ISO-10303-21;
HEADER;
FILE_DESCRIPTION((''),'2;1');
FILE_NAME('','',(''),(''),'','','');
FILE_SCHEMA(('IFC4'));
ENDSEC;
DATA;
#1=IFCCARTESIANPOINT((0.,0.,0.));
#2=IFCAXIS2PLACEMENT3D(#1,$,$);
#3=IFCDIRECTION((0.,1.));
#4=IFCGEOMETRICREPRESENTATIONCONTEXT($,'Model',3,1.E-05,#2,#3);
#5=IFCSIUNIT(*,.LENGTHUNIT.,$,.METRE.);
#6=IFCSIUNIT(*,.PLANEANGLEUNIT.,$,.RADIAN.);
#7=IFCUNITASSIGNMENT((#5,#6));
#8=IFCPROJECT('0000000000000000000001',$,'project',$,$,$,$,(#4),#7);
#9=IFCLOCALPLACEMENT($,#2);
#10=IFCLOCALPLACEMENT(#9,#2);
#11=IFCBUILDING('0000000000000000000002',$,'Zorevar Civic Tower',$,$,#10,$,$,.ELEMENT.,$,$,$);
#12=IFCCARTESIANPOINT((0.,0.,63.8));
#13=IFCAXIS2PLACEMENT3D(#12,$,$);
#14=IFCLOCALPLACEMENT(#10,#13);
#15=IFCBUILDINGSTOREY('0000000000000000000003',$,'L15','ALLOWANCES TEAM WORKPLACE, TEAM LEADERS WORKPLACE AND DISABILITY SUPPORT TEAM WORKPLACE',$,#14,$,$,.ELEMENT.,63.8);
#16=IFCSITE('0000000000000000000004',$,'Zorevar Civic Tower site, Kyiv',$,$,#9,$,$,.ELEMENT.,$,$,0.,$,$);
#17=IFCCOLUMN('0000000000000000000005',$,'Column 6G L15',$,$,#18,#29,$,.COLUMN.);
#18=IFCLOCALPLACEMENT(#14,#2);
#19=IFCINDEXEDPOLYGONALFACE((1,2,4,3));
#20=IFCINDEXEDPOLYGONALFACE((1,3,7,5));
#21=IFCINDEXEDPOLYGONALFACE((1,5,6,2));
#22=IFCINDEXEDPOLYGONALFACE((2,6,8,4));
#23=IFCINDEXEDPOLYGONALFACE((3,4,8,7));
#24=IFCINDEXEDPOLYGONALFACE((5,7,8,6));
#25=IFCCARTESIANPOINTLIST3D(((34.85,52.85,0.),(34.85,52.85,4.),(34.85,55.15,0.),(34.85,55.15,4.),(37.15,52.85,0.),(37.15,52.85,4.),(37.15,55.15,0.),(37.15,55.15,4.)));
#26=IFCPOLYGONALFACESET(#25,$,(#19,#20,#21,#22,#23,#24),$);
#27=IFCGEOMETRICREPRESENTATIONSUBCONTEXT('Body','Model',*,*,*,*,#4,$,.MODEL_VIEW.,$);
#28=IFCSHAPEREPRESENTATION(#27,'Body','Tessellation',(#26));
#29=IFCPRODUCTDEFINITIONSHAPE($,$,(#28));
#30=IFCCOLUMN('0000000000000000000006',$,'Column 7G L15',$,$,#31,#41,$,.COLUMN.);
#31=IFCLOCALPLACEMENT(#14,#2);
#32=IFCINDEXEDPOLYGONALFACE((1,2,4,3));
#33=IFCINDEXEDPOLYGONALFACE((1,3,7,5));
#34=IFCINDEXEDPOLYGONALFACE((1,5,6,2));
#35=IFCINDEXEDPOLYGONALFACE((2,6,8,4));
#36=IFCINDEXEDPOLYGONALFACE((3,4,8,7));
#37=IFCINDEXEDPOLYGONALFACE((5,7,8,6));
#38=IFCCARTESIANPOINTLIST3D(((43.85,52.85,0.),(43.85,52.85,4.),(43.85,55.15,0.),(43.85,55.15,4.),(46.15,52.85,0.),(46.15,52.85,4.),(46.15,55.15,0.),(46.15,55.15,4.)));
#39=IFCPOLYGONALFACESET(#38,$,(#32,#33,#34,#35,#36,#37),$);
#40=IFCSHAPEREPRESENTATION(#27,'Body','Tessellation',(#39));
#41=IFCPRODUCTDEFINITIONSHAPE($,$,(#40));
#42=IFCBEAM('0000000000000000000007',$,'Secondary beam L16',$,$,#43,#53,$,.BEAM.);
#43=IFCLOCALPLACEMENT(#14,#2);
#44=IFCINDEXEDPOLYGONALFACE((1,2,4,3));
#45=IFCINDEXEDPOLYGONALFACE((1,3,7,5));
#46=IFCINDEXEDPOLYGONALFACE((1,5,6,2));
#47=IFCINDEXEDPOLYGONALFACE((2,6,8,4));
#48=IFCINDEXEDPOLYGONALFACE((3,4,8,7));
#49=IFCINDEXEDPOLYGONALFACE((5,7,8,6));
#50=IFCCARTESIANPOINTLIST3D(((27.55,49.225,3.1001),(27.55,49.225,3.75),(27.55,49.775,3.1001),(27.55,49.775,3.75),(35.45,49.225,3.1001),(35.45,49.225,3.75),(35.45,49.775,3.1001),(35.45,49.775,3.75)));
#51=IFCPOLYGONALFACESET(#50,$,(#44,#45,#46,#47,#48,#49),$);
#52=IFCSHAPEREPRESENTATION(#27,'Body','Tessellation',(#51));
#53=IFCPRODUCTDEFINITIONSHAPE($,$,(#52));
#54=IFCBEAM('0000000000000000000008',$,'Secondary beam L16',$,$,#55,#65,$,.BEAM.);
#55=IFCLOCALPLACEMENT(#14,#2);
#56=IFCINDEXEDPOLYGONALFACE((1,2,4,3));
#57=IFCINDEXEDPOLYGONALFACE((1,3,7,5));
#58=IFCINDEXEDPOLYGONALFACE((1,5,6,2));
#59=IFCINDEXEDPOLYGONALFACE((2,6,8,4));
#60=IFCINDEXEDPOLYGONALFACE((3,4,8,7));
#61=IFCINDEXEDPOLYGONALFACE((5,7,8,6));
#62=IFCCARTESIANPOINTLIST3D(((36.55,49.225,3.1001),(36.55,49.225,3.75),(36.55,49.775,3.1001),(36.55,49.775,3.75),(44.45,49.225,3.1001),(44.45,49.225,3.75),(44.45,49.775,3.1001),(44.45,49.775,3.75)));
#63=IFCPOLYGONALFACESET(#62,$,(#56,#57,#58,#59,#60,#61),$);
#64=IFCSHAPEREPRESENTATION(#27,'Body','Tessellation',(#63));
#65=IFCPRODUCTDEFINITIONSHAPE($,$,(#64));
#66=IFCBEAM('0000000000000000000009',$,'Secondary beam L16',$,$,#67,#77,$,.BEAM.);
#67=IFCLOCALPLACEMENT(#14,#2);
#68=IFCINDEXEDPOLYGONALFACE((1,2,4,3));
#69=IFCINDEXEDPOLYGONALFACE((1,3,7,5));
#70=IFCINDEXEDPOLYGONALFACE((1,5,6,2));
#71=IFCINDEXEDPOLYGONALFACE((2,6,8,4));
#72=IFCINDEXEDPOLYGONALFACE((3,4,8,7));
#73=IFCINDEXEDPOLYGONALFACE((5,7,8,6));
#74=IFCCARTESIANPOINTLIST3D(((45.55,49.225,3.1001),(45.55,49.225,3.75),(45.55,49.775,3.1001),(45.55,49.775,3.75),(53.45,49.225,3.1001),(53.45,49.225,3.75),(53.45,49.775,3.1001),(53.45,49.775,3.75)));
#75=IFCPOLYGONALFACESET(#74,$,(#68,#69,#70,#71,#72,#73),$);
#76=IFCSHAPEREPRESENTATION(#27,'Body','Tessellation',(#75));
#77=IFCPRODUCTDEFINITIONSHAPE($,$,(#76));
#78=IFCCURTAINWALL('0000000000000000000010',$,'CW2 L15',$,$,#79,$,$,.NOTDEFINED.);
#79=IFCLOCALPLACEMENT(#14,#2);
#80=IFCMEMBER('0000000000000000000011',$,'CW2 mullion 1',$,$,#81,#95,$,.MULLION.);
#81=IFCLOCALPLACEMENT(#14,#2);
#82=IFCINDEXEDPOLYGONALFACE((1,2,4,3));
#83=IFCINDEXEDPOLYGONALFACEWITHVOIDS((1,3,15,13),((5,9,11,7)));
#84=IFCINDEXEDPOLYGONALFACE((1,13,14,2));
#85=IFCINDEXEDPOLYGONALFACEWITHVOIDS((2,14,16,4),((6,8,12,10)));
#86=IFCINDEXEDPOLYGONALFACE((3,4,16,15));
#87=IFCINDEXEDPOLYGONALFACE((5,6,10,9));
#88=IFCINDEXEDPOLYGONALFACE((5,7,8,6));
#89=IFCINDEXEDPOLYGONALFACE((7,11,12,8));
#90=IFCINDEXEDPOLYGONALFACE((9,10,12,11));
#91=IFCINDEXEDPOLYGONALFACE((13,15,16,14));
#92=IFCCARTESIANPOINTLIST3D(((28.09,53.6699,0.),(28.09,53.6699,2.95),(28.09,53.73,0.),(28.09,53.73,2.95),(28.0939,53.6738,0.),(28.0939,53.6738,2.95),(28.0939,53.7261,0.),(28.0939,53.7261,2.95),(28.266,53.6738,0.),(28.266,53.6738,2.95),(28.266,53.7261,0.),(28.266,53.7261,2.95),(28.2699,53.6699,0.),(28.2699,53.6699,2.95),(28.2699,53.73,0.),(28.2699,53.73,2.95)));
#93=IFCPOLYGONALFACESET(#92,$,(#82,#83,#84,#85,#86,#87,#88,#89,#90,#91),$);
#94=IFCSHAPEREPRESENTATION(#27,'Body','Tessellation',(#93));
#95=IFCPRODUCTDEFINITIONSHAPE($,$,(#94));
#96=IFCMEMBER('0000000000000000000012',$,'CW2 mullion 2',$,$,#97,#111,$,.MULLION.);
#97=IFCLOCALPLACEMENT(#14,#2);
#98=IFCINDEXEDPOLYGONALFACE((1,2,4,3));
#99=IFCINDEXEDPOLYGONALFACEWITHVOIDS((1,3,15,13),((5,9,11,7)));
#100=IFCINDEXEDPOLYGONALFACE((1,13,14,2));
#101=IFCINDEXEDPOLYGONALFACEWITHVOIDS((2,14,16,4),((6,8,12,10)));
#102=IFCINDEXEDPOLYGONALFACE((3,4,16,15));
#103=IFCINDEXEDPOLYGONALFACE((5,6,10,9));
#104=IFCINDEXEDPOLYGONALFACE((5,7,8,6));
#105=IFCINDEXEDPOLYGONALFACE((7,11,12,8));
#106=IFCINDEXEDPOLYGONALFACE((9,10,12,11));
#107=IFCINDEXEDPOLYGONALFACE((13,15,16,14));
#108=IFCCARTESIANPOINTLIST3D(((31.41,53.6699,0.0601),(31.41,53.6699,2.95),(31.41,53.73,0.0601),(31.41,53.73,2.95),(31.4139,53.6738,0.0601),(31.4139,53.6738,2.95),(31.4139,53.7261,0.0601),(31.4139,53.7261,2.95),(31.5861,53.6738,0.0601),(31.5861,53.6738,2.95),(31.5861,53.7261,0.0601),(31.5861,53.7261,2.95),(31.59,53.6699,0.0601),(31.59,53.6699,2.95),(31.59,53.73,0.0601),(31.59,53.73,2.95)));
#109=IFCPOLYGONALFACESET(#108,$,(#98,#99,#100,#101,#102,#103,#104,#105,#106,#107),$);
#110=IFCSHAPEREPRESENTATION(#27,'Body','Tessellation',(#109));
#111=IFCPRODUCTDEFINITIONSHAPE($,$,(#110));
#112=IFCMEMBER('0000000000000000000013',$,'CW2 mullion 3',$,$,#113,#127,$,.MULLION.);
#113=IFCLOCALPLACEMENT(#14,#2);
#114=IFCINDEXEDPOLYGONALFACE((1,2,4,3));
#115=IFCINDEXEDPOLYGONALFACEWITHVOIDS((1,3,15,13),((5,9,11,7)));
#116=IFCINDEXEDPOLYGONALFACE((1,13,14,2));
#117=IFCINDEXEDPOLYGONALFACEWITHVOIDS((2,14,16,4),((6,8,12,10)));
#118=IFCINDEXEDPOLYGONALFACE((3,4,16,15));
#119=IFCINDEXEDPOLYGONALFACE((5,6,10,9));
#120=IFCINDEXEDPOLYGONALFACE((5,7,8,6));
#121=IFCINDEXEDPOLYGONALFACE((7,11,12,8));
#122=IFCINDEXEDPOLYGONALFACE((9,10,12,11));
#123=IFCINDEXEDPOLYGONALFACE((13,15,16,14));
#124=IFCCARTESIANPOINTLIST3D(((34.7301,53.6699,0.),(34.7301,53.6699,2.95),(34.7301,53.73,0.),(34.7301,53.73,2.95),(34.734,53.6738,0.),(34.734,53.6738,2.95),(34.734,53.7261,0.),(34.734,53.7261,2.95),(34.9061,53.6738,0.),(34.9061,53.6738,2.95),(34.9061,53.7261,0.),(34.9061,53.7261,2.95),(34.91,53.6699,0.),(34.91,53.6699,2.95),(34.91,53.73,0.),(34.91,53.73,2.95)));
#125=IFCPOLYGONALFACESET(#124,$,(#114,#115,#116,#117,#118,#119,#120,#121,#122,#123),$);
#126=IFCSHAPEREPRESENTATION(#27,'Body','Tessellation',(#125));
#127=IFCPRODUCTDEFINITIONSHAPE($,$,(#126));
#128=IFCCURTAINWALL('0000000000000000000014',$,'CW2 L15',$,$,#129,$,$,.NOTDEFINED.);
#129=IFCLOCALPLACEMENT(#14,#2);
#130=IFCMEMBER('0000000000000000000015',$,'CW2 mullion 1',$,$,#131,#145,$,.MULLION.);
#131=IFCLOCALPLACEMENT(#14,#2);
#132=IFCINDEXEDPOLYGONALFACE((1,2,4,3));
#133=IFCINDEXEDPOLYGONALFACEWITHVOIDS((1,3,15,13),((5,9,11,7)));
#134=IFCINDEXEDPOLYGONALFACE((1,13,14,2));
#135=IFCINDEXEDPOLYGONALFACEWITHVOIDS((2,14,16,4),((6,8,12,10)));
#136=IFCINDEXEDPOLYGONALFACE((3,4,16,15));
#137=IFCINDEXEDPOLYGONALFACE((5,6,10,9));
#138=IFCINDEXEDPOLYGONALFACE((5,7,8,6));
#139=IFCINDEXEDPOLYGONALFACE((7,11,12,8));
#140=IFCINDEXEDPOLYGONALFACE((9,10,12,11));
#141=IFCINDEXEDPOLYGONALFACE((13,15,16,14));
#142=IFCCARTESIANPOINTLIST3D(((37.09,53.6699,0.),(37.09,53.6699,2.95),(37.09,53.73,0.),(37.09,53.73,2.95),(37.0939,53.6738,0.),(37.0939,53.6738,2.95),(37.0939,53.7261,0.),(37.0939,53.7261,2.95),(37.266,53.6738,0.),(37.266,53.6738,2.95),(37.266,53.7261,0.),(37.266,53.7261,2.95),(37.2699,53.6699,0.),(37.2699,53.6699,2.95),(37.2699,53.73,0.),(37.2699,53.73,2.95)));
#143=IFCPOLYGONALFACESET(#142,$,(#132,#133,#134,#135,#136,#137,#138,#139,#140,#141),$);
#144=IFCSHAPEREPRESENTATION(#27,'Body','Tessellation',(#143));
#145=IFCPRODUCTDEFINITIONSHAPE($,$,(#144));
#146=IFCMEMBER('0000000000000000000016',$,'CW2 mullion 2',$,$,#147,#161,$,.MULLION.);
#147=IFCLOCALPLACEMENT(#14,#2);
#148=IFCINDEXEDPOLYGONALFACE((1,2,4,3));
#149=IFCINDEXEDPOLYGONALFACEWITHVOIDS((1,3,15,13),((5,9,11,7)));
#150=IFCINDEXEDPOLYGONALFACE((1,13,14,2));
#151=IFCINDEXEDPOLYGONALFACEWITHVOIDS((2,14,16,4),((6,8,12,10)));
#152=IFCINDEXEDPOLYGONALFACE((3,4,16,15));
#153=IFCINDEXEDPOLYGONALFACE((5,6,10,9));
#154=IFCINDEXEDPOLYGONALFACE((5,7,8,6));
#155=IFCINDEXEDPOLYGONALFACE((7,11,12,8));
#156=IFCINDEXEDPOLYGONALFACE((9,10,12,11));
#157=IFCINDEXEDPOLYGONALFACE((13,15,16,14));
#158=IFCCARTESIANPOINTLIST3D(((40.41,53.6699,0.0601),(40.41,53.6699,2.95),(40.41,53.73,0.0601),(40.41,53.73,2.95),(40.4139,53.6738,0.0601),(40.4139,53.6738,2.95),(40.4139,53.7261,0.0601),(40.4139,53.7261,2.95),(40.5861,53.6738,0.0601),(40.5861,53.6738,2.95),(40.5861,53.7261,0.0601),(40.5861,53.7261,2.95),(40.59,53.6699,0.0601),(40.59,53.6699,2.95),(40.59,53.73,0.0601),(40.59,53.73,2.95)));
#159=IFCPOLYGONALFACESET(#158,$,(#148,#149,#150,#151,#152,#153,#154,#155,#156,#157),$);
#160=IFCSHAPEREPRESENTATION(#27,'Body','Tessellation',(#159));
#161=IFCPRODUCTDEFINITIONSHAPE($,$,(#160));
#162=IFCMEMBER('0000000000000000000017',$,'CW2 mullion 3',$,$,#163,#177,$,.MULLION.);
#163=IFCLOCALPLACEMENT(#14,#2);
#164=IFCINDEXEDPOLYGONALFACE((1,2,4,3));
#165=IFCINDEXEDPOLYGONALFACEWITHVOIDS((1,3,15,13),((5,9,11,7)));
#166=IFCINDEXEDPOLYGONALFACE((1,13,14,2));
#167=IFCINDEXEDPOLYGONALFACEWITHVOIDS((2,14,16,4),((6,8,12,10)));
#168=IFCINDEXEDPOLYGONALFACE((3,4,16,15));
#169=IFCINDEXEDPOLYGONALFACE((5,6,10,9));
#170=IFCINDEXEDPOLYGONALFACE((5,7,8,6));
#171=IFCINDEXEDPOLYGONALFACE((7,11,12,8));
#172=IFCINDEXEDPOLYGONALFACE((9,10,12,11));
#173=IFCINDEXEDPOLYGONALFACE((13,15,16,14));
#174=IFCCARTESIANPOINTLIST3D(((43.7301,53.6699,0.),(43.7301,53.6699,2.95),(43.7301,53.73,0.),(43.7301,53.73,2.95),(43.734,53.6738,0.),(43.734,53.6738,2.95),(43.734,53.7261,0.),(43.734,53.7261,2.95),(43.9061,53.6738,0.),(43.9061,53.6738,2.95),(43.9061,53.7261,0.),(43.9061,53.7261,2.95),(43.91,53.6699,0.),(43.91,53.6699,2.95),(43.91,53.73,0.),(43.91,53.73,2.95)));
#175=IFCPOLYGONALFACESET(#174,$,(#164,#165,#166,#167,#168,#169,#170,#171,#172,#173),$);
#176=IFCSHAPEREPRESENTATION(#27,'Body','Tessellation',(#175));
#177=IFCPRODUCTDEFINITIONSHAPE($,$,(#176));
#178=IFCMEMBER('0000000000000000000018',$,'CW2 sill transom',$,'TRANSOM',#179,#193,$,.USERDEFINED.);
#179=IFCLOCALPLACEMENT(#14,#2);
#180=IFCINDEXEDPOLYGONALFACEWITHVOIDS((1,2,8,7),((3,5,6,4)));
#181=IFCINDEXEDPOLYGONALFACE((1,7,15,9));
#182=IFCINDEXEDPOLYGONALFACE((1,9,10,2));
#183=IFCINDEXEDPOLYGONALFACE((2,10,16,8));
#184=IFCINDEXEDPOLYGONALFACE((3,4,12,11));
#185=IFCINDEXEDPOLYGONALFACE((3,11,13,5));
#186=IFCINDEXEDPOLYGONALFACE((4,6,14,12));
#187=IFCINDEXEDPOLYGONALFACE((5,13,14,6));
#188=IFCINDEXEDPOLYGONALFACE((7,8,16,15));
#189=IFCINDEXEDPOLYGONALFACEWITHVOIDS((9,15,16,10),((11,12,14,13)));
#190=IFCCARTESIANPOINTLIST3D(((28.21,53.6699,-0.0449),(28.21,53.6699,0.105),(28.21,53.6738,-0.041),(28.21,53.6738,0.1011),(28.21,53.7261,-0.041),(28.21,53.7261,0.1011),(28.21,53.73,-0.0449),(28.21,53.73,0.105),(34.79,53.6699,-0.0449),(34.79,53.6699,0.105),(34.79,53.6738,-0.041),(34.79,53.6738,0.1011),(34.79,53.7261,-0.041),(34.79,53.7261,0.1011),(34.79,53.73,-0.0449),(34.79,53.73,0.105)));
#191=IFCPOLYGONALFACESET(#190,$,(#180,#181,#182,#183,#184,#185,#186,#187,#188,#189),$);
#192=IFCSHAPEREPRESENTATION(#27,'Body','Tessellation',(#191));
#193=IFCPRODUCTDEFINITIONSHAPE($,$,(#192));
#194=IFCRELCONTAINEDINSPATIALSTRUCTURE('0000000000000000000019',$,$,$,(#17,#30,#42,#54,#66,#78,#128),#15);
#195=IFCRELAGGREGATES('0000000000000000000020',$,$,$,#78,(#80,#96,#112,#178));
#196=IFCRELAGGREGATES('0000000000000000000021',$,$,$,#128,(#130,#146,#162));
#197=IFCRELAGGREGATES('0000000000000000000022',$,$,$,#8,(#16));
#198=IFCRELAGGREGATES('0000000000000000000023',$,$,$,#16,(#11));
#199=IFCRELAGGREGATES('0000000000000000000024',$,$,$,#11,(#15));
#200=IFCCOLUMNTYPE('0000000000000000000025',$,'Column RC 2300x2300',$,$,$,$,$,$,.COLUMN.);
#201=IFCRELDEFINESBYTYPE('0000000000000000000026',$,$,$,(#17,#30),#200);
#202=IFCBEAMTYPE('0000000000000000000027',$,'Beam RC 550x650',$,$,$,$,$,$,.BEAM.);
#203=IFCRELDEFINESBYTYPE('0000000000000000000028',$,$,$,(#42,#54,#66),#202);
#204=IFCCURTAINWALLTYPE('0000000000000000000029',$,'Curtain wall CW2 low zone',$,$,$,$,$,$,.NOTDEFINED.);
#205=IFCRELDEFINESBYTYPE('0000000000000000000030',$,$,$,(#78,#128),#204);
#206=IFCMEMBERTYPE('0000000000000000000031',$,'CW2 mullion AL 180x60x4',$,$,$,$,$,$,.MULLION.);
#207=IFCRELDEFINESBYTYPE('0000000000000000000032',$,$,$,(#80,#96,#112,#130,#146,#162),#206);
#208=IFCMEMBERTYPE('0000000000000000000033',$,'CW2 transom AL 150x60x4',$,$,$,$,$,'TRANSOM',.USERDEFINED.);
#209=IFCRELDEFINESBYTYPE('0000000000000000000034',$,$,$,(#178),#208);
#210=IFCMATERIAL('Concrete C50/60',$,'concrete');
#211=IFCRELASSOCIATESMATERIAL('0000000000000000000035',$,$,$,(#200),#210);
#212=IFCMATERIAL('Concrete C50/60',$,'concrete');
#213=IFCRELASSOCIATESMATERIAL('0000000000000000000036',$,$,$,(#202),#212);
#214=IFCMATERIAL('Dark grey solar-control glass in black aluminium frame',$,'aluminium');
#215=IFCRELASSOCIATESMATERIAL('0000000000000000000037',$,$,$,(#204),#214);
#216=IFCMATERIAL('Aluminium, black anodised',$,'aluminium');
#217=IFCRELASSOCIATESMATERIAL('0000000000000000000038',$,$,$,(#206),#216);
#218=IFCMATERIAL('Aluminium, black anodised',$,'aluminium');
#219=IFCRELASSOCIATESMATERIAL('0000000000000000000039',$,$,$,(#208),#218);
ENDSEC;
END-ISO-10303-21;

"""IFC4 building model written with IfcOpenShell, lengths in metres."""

from ifc_helpers import new_model, si_unit, direction, frame, origin, origin_2d, place, context, subcontext, project, spatial, rectangle, hollow_rectangle, extrude, material, material_profile, profile_set, type_object, element, aggregate, save


model = new_model("IFC4")

# Units and contexts
model_context = context("Model", 3, precision=1e-05, world=origin(), true_north=direction((0.0, 1.0)))
body_context = subcontext(model_context, "Body", "Model", "MODEL_VIEW")
ifc_project = project(units=[si_unit("LENGTHUNIT", "METRE"), si_unit("PLANEANGLEUNIT", "RADIAN")], contexts=[model_context])

# Site, building, storey
site_placement = place(None, origin())
site = spatial("IfcSite", under=ifc_project, at=site_placement, Name="Zorevar Civic Tower site, Kyiv", CompositionType="ELEMENT", RefElevation=0.0)
building_placement = place(site_placement, origin())
building = spatial("IfcBuilding", under=site, at=building_placement, Name="Zorevar Civic Tower", CompositionType="ELEMENT")
storey_placement = place(building_placement, frame((0.0, 0.0, 63.8)))
storey = spatial("IfcBuildingStorey", under=building, at=storey_placement, Name="L15", Description="ALLOWANCES TEAM WORKPLACE, TEAM LEADERS WORKPLACE AND DISABILITY SUPPORT TEAM WORKPLACE", CompositionType="ELEMENT", Elevation=63.8)

# Columns
ifc_material_1 = material(Name="Concrete C50/60", Category="concrete")
ifc_material_profile_1 = material_profile(ifc_material_1, rectangle(XDim=2.3, YDim=2.3, at=origin_2d()), Name="RC 2300x2300")
ifc_profile_set_1 = profile_set([ifc_material_profile_1], Name="Concrete C50/60")
column_type = type_object("IfcColumnType", Name="Column RC 2300x2300", PredefinedType="COLUMN", material=ifc_profile_set_1)
for number, where, z_axis, x_axis, name in (
    (1, (36.0, 54.0, 0.0), (0.0, 0.0, 1.0), (1.0, 0.0, 0.0), "Column 6G L15"),
    (2, (45.0, 54.0, 0.0), (0.0, 0.0, 1.0), (1.0, 0.0, 0.0), "Column 7G L15"),
):
    element("IfcColumn", number, at=place(storey_placement, frame(where, z_axis=z_axis, x_axis=x_axis)), inside=storey, type_object=column_type, Name=name, PredefinedType="COLUMN", context=body_context, shape_type="SweptSolid", body=[
        extrude(rectangle(XDim=2.3, YDim=2.3, at=origin_2d()), origin(), (0.0, 0.0, 1.0), 4.0),
    ])

# Beams
ifc_material_2 = material(Name="Concrete C50/60", Category="concrete")
ifc_material_profile_2 = material_profile(ifc_material_2, rectangle(XDim=0.55, YDim=0.6499, at=origin_2d()), Name="RC 550x650")
ifc_profile_set_2 = profile_set([ifc_material_profile_2], Name="Concrete C50/60")
beam_type_1 = type_object("IfcBeamType", Name="Beam RC 550x650", PredefinedType="BEAM", material=ifc_profile_set_2)
for number, where, z_axis, x_axis, name in (
    (3, (27.55, 49.5, 3.425), (1.0, 0.0, 0.0), (0.0, 1.0, 0.0), "Secondary beam L16"),
    (4, (36.55, 49.5, 3.425), (1.0, 0.0, 0.0), (0.0, 1.0, 0.0), "Secondary beam L16"),
    (5, (45.55, 49.5, 3.425), (1.0, 0.0, 0.0), (0.0, 1.0, 0.0), "Secondary beam L16"),
):
    element("IfcBeam", number, at=place(storey_placement, frame(where, z_axis=z_axis, x_axis=x_axis)), inside=storey, type_object=beam_type_1, Name=name, PredefinedType="BEAM", context=body_context, shape_type="SweptSolid", body=[
        extrude(rectangle(XDim=0.55, YDim=0.6499, at=origin_2d()), origin(), (0.0, 0.0, 1.0), 7.8999),
    ])

# Curtain walls, members
ifc_material_3 = material(Name="Dark grey solar-control glass in black aluminium frame", Category="aluminium")
curtain_wall_type = type_object("IfcCurtainWallType", Name="Curtain wall CW2 low zone", PredefinedType="NOTDEFINED", material=ifc_material_3)
curtain_wall_1_placement = place(storey_placement, origin())
curtain_wall_1 = element("IfcCurtainWall", 6, at=curtain_wall_1_placement, inside=storey, type_object=curtain_wall_type, Name="CW2 L15", PredefinedType="NOTDEFINED")
ifc_material_4 = material(Name="Aluminium, black anodised", Category="aluminium")
ifc_material_profile_3 = material_profile(ifc_material_4, hollow_rectangle(XDim=0.0601, YDim=0.1799, WallThickness=0.0039, at=origin_2d()), Name="AL 180x60x4")
ifc_profile_set_3 = profile_set([ifc_material_profile_3], Name="Aluminium, black anodised")
member_type_1 = type_object("IfcMemberType", Name="CW2 mullion AL 180x60x4", PredefinedType="MULLION", material=ifc_profile_set_3)
member_1_placement = place(storey_placement, frame((28.1799, 53.7, 0.0), z_axis=(0.0, 0.0, 1.0), x_axis=(0.0, 1.0, 0.0)))
member_1 = element("IfcMember", 7, at=member_1_placement, type_object=member_type_1, Name="CW2 mullion 1", PredefinedType="MULLION", context=body_context, shape_type="SweptSolid", body=[
    extrude(hollow_rectangle(XDim=0.0601, YDim=0.1799, WallThickness=0.0039, at=origin_2d()), origin(), (0.0, 0.0, 1.0), 2.95),
])
member_2_placement = place(storey_placement, frame((31.5, 53.7, 0.0601), z_axis=(0.0, 0.0, 1.0), x_axis=(0.0, 1.0, 0.0)))
member_2 = element("IfcMember", 8, at=member_2_placement, type_object=member_type_1, Name="CW2 mullion 2", PredefinedType="MULLION", context=body_context, shape_type="SweptSolid", body=[
    extrude(hollow_rectangle(XDim=0.0601, YDim=0.1799, WallThickness=0.0039, at=origin_2d()), origin(), (0.0, 0.0, 1.0), 2.8899),
])
member_3_placement = place(storey_placement, frame((34.8201, 53.7, 0.0), z_axis=(0.0, 0.0, 1.0), x_axis=(0.0, 1.0, 0.0)))
member_3 = element("IfcMember", 9, at=member_3_placement, type_object=member_type_1, Name="CW2 mullion 3", PredefinedType="MULLION", context=body_context, shape_type="SweptSolid", body=[
    extrude(hollow_rectangle(XDim=0.0601, YDim=0.1799, WallThickness=0.0039, at=origin_2d()), origin(), (0.0, 0.0, 1.0), 2.95),
])
curtain_wall_2_placement = place(storey_placement, origin())
curtain_wall_2 = element("IfcCurtainWall", 10, at=curtain_wall_2_placement, inside=storey, type_object=curtain_wall_type, Name="CW2 L15", PredefinedType="NOTDEFINED")
member_4_placement = place(storey_placement, frame((37.1799, 53.7, 0.0), z_axis=(0.0, 0.0, 1.0), x_axis=(0.0, 1.0, 0.0)))
member_4 = element("IfcMember", 11, at=member_4_placement, type_object=member_type_1, Name="CW2 mullion 1", PredefinedType="MULLION", context=body_context, shape_type="SweptSolid", body=[
    extrude(hollow_rectangle(XDim=0.0601, YDim=0.1799, WallThickness=0.0039, at=origin_2d()), origin(), (0.0, 0.0, 1.0), 2.95),
])
member_5_placement = place(storey_placement, frame((40.5, 53.7, 0.0601), z_axis=(0.0, 0.0, 1.0), x_axis=(0.0, 1.0, 0.0)))
member_5 = element("IfcMember", 12, at=member_5_placement, type_object=member_type_1, Name="CW2 mullion 2", PredefinedType="MULLION", context=body_context, shape_type="SweptSolid", body=[
    extrude(hollow_rectangle(XDim=0.0601, YDim=0.1799, WallThickness=0.0039, at=origin_2d()), origin(), (0.0, 0.0, 1.0), 2.8899),
])
member_6_placement = place(storey_placement, frame((43.8201, 53.7, 0.0), z_axis=(0.0, 0.0, 1.0), x_axis=(0.0, 1.0, 0.0)))
member_6 = element("IfcMember", 13, at=member_6_placement, type_object=member_type_1, Name="CW2 mullion 3", PredefinedType="MULLION", context=body_context, shape_type="SweptSolid", body=[
    extrude(hollow_rectangle(XDim=0.0601, YDim=0.1799, WallThickness=0.0039, at=origin_2d()), origin(), (0.0, 0.0, 1.0), 2.95),
])

# Member
ifc_material_5 = material(Name="Aluminium, black anodised", Category="aluminium")
ifc_material_profile_4 = material_profile(ifc_material_5, hollow_rectangle(XDim=0.0601, YDim=0.1499, WallThickness=0.0039, at=origin_2d()), Name="AL 150x60x4")
ifc_profile_set_4 = profile_set([ifc_material_profile_4], Name="Aluminium, black anodised")
member_type_2 = type_object("IfcMemberType", Name="CW2 transom AL 150x60x4", ElementType="TRANSOM", PredefinedType="USERDEFINED", material=ifc_profile_set_4)
member_7_placement = place(storey_placement, frame((28.21, 53.7, 0.03), z_axis=(1.0, 0.0, 0.0), x_axis=(0.0, 1.0, 0.0)))
member_7 = element("IfcMember", 14, at=member_7_placement, type_object=member_type_2, Name="CW2 sill transom", ObjectType="TRANSOM", PredefinedType="USERDEFINED", context=body_context, shape_type="SweptSolid", body=[
    extrude(hollow_rectangle(XDim=0.0601, YDim=0.1499, WallThickness=0.0039, at=origin_2d()), origin(), (0.0, 0.0, 1.0), 6.5801),
])

aggregate(curtain_wall_1, [member_1, member_2, member_3, member_7])
aggregate(curtain_wall_2, [member_4, member_5, member_6])

save(model, "model.ifc")
